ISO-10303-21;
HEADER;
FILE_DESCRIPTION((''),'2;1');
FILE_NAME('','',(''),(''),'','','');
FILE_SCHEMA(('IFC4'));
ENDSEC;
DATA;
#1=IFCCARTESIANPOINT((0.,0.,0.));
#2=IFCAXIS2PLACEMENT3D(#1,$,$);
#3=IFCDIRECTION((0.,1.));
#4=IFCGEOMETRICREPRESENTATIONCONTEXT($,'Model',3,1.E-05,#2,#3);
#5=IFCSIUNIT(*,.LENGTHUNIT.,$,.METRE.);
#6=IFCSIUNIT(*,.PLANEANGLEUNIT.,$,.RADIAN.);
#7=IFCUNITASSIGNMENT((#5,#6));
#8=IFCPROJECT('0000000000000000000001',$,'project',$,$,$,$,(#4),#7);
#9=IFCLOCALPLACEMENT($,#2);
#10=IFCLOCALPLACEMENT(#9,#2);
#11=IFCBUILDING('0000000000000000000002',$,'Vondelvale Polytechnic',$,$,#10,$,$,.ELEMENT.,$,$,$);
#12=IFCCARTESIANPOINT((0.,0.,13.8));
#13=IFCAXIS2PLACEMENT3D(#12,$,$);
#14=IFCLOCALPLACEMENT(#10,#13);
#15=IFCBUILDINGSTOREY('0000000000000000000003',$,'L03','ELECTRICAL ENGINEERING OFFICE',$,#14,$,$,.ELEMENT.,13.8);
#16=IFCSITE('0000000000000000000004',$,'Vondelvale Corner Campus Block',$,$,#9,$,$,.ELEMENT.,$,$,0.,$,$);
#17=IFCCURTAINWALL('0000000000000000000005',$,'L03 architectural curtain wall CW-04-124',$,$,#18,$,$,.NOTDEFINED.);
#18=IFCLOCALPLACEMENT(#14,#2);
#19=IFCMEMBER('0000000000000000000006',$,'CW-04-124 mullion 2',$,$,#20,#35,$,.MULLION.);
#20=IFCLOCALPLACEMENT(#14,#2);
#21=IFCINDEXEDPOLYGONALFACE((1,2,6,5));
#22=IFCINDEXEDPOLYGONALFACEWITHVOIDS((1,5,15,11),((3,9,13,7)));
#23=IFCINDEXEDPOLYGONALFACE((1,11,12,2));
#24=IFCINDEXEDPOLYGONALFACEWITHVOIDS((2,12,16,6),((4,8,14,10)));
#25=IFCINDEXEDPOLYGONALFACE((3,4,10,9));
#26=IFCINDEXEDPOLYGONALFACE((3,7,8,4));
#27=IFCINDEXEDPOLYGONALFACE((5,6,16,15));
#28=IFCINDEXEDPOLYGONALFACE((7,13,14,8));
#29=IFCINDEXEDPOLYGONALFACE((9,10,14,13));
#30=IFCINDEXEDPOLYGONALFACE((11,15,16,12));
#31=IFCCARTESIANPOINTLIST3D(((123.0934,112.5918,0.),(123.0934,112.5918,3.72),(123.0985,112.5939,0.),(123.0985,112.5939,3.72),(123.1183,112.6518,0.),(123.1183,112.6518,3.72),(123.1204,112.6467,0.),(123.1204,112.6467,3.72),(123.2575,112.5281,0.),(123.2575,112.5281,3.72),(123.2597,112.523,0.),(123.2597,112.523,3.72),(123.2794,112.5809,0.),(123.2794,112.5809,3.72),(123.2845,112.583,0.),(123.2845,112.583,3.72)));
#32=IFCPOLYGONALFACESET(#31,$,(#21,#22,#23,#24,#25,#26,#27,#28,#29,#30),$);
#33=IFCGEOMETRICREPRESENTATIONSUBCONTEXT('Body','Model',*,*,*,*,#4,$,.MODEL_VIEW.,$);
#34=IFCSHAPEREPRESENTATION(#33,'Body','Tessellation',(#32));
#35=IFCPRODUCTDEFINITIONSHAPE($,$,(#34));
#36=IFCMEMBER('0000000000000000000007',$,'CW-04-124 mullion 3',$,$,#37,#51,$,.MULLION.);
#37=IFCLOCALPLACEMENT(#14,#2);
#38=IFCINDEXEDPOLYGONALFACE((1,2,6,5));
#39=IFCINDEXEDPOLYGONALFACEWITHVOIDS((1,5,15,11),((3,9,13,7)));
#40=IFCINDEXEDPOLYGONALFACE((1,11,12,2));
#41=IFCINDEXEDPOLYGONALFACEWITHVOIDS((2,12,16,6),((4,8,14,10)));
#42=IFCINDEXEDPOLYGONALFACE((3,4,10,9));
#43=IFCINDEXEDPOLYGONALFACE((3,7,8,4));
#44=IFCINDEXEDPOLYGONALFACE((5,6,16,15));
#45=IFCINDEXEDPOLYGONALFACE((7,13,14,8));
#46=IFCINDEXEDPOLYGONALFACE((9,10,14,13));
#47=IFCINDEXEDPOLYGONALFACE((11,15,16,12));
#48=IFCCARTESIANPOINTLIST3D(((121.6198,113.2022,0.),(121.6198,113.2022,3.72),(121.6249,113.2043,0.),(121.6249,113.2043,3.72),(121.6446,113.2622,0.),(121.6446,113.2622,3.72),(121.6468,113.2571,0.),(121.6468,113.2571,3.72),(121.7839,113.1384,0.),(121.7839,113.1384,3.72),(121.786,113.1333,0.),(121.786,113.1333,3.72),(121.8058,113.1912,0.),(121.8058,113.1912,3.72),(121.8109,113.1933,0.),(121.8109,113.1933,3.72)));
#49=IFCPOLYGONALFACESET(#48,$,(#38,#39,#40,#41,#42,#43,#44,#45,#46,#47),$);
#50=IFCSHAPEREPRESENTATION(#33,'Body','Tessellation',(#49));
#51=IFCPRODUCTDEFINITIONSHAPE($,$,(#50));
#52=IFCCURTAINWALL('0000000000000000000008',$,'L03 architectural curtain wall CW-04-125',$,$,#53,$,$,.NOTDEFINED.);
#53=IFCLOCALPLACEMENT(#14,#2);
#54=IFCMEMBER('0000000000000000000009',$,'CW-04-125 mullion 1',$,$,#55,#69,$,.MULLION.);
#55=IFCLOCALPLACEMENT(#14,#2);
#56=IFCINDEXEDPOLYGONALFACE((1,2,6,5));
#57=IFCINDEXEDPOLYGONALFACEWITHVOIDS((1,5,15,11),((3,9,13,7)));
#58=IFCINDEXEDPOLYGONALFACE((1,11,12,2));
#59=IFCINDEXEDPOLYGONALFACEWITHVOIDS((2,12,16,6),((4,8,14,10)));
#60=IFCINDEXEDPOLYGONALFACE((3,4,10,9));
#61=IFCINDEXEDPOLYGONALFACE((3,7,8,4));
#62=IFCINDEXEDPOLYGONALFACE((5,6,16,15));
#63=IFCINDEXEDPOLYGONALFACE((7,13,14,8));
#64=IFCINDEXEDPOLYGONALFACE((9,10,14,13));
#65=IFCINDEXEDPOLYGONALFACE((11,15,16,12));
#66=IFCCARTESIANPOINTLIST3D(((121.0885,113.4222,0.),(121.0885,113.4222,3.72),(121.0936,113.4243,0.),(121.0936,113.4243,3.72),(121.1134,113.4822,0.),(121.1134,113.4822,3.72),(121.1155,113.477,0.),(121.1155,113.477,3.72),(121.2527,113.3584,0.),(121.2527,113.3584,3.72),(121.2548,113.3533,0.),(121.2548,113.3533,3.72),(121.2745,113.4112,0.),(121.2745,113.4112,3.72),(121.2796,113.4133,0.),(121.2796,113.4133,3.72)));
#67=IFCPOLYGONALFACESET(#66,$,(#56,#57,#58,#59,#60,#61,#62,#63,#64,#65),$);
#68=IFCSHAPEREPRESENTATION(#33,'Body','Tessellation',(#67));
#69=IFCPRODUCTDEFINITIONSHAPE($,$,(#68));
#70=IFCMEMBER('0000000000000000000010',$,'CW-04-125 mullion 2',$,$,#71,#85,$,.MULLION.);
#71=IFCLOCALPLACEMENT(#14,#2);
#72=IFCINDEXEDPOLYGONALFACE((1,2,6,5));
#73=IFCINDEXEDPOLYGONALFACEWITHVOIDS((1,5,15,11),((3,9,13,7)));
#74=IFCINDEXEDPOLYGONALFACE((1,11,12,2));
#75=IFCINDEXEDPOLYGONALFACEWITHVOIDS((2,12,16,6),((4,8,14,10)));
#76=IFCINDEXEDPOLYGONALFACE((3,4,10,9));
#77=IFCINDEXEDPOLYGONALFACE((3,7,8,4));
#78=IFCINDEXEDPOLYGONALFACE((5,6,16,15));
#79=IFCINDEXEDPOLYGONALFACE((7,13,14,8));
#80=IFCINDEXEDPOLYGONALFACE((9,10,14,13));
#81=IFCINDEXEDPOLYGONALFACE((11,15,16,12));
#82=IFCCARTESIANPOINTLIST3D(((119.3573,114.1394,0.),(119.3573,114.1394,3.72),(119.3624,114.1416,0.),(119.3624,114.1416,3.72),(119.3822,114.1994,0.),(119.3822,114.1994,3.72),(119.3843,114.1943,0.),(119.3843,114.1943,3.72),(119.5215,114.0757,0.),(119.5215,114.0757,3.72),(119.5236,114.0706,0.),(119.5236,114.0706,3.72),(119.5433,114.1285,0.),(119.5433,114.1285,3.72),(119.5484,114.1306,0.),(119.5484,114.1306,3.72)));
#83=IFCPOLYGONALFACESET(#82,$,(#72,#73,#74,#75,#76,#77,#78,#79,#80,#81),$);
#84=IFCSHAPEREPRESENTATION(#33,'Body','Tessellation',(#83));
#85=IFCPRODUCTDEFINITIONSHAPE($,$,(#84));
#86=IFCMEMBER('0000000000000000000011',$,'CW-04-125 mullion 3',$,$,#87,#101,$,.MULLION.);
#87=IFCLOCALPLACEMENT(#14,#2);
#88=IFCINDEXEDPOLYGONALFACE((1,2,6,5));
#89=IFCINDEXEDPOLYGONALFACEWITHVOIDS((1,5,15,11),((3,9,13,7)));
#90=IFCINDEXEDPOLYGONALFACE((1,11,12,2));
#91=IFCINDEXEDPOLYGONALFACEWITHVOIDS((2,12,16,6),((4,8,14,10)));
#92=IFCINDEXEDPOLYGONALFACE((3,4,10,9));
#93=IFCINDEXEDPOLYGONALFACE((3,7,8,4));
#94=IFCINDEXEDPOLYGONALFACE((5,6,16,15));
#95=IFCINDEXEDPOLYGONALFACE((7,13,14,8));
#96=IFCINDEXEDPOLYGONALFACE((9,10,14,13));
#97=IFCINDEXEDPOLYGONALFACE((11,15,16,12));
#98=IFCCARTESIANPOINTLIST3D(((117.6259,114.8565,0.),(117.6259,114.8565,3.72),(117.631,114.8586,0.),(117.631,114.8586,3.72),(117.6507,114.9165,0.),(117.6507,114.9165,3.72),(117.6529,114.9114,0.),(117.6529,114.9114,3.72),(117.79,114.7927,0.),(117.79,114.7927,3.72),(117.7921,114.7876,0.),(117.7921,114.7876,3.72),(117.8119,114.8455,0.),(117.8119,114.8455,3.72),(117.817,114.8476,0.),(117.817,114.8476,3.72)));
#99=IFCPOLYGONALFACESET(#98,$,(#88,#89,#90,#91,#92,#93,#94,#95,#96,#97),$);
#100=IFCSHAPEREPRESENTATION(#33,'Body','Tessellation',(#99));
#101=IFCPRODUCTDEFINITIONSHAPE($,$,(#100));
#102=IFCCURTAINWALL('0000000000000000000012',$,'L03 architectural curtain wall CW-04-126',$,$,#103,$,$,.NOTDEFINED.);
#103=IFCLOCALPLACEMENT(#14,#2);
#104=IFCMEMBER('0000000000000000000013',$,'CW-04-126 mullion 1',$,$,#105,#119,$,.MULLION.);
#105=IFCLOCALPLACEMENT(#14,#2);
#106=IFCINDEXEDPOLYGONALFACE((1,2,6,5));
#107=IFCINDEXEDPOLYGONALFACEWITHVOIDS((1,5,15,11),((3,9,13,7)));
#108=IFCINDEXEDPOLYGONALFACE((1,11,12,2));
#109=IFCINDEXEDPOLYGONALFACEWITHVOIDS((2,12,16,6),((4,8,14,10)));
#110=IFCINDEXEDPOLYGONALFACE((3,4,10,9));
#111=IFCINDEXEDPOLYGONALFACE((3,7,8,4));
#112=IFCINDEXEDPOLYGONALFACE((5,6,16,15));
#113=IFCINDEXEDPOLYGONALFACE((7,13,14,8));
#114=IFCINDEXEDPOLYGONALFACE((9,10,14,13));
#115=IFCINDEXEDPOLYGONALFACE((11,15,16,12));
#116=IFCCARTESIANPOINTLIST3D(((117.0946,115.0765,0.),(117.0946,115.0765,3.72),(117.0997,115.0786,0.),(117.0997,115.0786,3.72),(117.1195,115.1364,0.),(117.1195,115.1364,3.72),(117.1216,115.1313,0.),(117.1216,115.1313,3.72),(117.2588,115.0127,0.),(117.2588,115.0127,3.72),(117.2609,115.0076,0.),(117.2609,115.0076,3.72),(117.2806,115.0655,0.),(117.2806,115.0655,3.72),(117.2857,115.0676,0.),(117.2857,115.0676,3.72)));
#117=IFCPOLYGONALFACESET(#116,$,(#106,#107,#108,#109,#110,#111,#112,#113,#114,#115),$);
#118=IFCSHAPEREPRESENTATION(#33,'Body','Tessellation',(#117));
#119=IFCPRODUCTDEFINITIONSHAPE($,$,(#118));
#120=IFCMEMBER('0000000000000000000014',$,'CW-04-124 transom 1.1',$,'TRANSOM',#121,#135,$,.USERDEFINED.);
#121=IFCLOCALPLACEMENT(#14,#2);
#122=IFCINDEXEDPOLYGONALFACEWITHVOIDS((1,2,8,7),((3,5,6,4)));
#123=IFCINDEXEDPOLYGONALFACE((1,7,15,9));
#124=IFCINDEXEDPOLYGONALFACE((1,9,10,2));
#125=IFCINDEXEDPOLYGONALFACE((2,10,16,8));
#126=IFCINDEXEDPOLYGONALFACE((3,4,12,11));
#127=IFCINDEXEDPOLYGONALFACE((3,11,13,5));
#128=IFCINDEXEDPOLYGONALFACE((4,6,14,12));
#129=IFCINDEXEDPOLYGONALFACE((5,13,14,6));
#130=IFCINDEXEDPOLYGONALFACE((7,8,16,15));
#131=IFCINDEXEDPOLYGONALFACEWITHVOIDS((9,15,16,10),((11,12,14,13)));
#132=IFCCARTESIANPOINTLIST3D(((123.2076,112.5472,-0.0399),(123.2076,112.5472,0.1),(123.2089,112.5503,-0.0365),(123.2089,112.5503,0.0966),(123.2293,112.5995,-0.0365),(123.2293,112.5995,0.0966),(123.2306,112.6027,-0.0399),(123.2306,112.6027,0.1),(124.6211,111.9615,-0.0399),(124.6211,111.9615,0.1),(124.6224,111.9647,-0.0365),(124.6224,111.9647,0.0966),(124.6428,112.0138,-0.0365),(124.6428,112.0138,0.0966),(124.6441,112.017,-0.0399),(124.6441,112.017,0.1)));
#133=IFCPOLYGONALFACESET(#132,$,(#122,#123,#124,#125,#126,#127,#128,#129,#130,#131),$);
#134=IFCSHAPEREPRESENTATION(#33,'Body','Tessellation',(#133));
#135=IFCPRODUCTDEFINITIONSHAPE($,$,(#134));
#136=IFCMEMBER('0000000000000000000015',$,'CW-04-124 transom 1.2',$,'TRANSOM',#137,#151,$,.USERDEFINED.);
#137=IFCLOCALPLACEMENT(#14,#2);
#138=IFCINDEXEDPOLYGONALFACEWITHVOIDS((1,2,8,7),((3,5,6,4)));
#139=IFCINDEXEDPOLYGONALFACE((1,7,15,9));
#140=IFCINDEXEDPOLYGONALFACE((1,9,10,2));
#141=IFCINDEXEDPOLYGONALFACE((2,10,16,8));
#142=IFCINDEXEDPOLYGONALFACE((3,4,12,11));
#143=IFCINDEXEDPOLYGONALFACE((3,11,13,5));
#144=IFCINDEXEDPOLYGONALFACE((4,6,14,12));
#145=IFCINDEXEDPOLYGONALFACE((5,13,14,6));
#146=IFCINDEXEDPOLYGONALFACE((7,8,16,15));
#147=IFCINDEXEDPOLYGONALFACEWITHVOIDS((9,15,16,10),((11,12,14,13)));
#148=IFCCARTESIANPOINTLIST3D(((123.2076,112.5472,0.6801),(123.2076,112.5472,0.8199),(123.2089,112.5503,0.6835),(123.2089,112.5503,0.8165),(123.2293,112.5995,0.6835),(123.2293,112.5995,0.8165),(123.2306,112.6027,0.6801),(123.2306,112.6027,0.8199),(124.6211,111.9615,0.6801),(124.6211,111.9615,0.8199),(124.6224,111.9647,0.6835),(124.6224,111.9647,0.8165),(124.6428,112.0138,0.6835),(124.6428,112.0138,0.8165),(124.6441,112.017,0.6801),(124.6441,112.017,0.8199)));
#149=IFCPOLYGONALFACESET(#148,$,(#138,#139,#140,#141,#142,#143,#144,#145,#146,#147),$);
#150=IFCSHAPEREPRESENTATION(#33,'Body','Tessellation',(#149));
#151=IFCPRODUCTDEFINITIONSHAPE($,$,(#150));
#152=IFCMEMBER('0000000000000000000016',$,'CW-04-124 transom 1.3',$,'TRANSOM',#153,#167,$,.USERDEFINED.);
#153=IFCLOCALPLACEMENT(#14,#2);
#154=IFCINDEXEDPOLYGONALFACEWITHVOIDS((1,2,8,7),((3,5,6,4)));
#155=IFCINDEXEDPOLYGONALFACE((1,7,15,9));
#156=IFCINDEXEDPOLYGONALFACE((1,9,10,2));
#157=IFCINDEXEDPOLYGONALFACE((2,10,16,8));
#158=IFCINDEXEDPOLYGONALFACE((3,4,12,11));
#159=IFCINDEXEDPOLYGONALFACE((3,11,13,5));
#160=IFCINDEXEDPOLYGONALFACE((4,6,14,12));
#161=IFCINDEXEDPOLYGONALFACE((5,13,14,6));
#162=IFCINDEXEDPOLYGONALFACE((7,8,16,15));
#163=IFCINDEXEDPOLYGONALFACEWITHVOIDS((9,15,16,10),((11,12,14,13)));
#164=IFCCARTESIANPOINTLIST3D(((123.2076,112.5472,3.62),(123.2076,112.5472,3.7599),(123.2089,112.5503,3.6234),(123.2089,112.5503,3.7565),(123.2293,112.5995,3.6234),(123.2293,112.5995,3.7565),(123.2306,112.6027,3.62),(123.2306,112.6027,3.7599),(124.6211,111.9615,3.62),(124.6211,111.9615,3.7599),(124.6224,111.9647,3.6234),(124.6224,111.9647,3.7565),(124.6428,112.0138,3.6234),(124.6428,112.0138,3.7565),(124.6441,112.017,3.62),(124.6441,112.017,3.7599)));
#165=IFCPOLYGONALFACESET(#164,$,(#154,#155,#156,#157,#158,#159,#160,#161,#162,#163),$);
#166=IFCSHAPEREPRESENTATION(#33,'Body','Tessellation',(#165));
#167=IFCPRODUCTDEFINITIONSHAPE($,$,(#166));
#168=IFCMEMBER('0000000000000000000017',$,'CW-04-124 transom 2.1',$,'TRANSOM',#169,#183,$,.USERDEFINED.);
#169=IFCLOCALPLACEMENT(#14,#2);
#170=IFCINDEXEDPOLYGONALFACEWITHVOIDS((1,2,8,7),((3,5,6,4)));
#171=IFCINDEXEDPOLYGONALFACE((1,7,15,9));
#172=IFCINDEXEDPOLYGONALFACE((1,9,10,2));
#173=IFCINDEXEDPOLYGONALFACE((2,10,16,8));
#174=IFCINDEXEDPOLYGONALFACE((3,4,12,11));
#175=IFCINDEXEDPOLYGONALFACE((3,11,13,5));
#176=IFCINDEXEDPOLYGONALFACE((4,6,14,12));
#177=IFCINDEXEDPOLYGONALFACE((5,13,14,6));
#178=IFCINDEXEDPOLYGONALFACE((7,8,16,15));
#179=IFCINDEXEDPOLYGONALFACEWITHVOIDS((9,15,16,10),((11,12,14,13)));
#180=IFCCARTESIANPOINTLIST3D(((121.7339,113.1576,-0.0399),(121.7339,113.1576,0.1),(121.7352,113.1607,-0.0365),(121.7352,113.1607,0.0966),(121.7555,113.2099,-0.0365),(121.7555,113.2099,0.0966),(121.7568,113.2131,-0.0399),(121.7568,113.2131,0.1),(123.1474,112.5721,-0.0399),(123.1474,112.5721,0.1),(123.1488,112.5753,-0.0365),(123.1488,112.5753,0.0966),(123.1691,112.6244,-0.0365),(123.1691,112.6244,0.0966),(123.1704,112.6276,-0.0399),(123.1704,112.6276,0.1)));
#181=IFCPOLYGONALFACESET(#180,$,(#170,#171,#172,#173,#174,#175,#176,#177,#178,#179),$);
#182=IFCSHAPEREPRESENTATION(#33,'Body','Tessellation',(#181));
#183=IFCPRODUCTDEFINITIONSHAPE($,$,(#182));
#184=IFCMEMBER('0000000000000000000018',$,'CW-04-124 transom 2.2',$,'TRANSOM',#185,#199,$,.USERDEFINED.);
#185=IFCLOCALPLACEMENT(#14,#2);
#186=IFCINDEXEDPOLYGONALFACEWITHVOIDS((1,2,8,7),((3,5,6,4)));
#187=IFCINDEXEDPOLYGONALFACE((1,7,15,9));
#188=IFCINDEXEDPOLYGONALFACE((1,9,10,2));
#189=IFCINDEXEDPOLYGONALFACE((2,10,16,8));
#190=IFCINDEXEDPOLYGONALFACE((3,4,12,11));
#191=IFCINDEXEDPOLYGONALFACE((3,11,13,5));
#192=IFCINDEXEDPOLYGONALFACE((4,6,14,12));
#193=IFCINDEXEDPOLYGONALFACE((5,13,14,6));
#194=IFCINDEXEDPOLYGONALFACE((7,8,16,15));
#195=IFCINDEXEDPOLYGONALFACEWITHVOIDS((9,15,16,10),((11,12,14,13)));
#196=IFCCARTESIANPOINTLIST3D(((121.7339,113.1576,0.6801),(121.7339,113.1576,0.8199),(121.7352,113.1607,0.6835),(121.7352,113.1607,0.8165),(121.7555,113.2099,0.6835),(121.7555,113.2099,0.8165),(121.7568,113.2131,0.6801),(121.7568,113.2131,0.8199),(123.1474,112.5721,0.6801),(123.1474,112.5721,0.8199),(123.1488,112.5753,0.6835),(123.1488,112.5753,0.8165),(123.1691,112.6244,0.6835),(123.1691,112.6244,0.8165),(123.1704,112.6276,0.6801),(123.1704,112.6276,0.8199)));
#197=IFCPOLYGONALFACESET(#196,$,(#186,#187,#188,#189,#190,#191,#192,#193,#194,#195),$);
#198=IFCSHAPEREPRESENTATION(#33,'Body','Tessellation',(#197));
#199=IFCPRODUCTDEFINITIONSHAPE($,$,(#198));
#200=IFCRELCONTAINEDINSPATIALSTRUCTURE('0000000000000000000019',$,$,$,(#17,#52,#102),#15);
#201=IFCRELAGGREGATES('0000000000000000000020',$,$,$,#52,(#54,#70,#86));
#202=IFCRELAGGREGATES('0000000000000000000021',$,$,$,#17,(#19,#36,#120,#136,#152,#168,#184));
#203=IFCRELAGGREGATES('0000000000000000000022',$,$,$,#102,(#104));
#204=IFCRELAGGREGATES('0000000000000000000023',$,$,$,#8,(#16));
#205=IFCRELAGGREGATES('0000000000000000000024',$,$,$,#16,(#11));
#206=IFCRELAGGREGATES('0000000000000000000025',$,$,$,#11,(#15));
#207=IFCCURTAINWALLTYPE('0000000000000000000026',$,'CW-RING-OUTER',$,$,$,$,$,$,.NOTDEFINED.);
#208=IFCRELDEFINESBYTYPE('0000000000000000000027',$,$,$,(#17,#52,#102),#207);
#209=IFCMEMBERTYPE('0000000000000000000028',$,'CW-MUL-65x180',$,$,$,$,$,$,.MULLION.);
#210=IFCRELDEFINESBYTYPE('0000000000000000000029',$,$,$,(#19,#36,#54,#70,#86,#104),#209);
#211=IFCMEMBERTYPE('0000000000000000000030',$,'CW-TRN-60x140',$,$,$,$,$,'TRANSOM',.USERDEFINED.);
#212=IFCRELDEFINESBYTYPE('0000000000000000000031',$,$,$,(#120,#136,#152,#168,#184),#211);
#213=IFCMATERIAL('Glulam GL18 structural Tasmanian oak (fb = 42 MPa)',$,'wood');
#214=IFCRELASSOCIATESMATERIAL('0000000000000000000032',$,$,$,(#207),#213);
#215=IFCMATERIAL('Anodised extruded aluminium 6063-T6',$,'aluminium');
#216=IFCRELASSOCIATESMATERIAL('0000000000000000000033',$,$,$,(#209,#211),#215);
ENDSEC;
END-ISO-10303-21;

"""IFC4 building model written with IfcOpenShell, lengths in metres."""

from ifc_helpers import new_model, si_unit, direction, frame, origin, origin_2d, place, context, subcontext, project, spatial, hollow_rectangle, extrude, material, material_profile, profile_set, type_object, element, aggregate, save


model = new_model("IFC4")

# Units and contexts
model_context = context("Model", 3, precision=1e-05, world=origin(), true_north=direction((0.0, 1.0)))
body_context = subcontext(model_context, "Body", "Model", "MODEL_VIEW")
ifc_project = project(units=[si_unit("LENGTHUNIT", "METRE"), si_unit("PLANEANGLEUNIT", "RADIAN")], contexts=[model_context])

# Site, building, storey
site_placement = place(None, origin())
site = spatial("IfcSite", under=ifc_project, at=site_placement, Name="Vondelvale Corner Campus Block", CompositionType="ELEMENT", RefElevation=0.0)
building_placement = place(site_placement, origin())
building = spatial("IfcBuilding", under=site, at=building_placement, Name="Vondelvale Polytechnic", CompositionType="ELEMENT")
storey_placement = place(building_placement, frame((0.0, 0.0, 13.8)))
storey = spatial("IfcBuildingStorey", under=building, at=storey_placement, Name="L03", Description="ELECTRICAL ENGINEERING OFFICE", CompositionType="ELEMENT", Elevation=13.8)

# Shared definitions
ifc_material_1 = material(Name="Glulam GL18 structural Tasmanian oak (fb = 42 MPa)", Category="wood")

# Curtain walls, members
curtain_wall_type = type_object("IfcCurtainWallType", Name="CW-RING-OUTER", PredefinedType="NOTDEFINED", material=ifc_material_1)
curtain_wall_1_placement = place(storey_placement, origin())
curtain_wall_1 = element("IfcCurtainWall", 1, at=curtain_wall_1_placement, inside=storey, type_object=curtain_wall_type, Name="L03 architectural curtain wall CW-04-124", PredefinedType="NOTDEFINED")
ifc_material_2 = material(Name="Anodised extruded aluminium 6063-T6", Category="aluminium")
ifc_material_profile_1 = material_profile(ifc_material_2, hollow_rectangle(XDim=0.0649, YDim=0.1799, WallThickness=0.0039, at=origin_2d()), Name="CW-MUL-180x65")
ifc_profile_set_1 = profile_set([ifc_material_profile_1], Name="Anodised extruded aluminium 6063-T6")
member_type_1 = type_object("IfcMemberType", Name="CW-MUL-65x180", PredefinedType="MULLION", material=ifc_profile_set_1)
member_1_placement = place(storey_placement, frame((123.189, 112.5874, 0.0), z_axis=(0.0, 0.0, 1.0), x_axis=(-0.382677, -0.923882, 0.0)))
member_1 = element("IfcMember", 2, at=member_1_placement, type_object=member_type_1, Name="CW-04-124 mullion 2", PredefinedType="MULLION", context=body_context, shape_type="SweptSolid", body=[
    extrude(hollow_rectangle(XDim=0.0649, YDim=0.1799, WallThickness=0.0039, at=origin_2d()), origin(), (0.0, 0.0, 1.0), 3.72),
])
member_2_placement = place(storey_placement, frame((121.7153, 113.1978, 0.0), z_axis=(0.0, 0.0, 1.0), x_axis=(-0.382677, -0.923882, 0.0)))
member_2 = element("IfcMember", 3, at=member_2_placement, type_object=member_type_1, Name="CW-04-124 mullion 3", PredefinedType="MULLION", context=body_context, shape_type="SweptSolid", body=[
    extrude(hollow_rectangle(XDim=0.0649, YDim=0.1799, WallThickness=0.0039, at=origin_2d()), origin(), (0.0, 0.0, 1.0), 3.72),
])
curtain_wall_2_placement = place(storey_placement, origin())
curtain_wall_2 = element("IfcCurtainWall", 4, at=curtain_wall_2_placement, inside=storey, type_object=curtain_wall_type, Name="L03 architectural curtain wall CW-04-125", PredefinedType="NOTDEFINED")
member_3_placement = place(storey_placement, frame((121.1841, 113.4177, 0.0), z_axis=(0.0, 0.0, 1.0), x_axis=(-0.382695, -0.923875, 0.0)))
member_3 = element("IfcMember", 5, at=member_3_placement, type_object=member_type_1, Name="CW-04-125 mullion 1", PredefinedType="MULLION", context=body_context, shape_type="SweptSolid", body=[
    extrude(hollow_rectangle(XDim=0.0649, YDim=0.1799, WallThickness=0.0039, at=origin_2d()), origin(), (0.0, 0.0, 1.0), 3.72),
])
member_4_placement = place(storey_placement, frame((119.4529, 114.135, 0.0), z_axis=(0.0, 0.0, 1.0), x_axis=(-0.382695, -0.923875, 0.0)))
member_4 = element("IfcMember", 6, at=member_4_placement, type_object=member_type_1, Name="CW-04-125 mullion 2", PredefinedType="MULLION", context=body_context, shape_type="SweptSolid", body=[
    extrude(hollow_rectangle(XDim=0.0649, YDim=0.1799, WallThickness=0.0039, at=origin_2d()), origin(), (0.0, 0.0, 1.0), 3.72),
])
member_5_placement = place(storey_placement, frame((117.7214, 114.8521, 0.0), z_axis=(0.0, 0.0, 1.0), x_axis=(-0.382695, -0.923875, 0.0)))
member_5 = element("IfcMember", 7, at=member_5_placement, type_object=member_type_1, Name="CW-04-125 mullion 3", PredefinedType="MULLION", context=body_context, shape_type="SweptSolid", body=[
    extrude(hollow_rectangle(XDim=0.0649, YDim=0.1799, WallThickness=0.0039, at=origin_2d()), origin(), (0.0, 0.0, 1.0), 3.72),
])

# Curtain wall, member
curtain_wall_3_placement = place(storey_placement, origin())
curtain_wall_3 = element("IfcCurtainWall", 8, at=curtain_wall_3_placement, inside=storey, type_object=curtain_wall_type, Name="L03 architectural curtain wall CW-04-126", PredefinedType="NOTDEFINED")
member_6_placement = place(storey_placement, frame((117.1902, 115.072, 0.0), z_axis=(0.0, 0.0, 1.0), x_axis=(-0.382677, -0.923882, 0.0)))
member_6 = element("IfcMember", 9, at=member_6_placement, type_object=member_type_1, Name="CW-04-126 mullion 1", PredefinedType="MULLION", context=body_context, shape_type="SweptSolid", body=[
    extrude(hollow_rectangle(XDim=0.0649, YDim=0.1799, WallThickness=0.0039, at=origin_2d()), origin(), (0.0, 0.0, 1.0), 3.72),
])

# Members
ifc_material_profile_2 = material_profile(ifc_material_2, hollow_rectangle(XDim=0.0601, YDim=0.1399, WallThickness=0.0034, at=origin_2d()), Name="CW-TRN-140x60")
ifc_profile_set_2 = profile_set([ifc_material_profile_2], Name="Anodised extruded aluminium 6063-T6")
member_type_2 = type_object("IfcMemberType", Name="CW-TRN-60x140", ElementType="TRANSOM", PredefinedType="USERDEFINED", material=ifc_profile_set_2)
member_7_placement = place(storey_placement, frame((124.6326, 111.9893, 0.03), z_axis=(-0.92384, 0.382779, 0.0), x_axis=(-0.382779, -0.92384, 0.0)))
member_7 = element("IfcMember", 10, at=member_7_placement, type_object=member_type_2, Name="CW-04-124 transom 1.1", ObjectType="TRANSOM", PredefinedType="USERDEFINED", context=body_context, shape_type="SweptSolid", body=[
    extrude(hollow_rectangle(XDim=0.0601, YDim=0.1399, WallThickness=0.0034, at=origin_2d()), origin(), (0.0, 0.0, 1.0), 1.53),
])
member_8_placement = place(storey_placement, frame((124.6326, 111.9893, 0.75), z_axis=(-0.92384, 0.382779, 0.0), x_axis=(-0.382779, -0.92384, 0.0)))
member_8 = element("IfcMember", 11, at=member_8_placement, type_object=member_type_2, Name="CW-04-124 transom 1.2", ObjectType="TRANSOM", PredefinedType="USERDEFINED", context=body_context, shape_type="SweptSolid", body=[
    extrude(hollow_rectangle(XDim=0.0601, YDim=0.1399, WallThickness=0.0034, at=origin_2d()), origin(), (0.0, 0.0, 1.0), 1.53),
])
member_9_placement = place(storey_placement, frame((124.6326, 111.9893, 3.6899), z_axis=(-0.92384, 0.382779, 0.0), x_axis=(-0.382779, -0.92384, 0.0)))
member_9 = element("IfcMember", 12, at=member_9_placement, type_object=member_type_2, Name="CW-04-124 transom 1.3", ObjectType="TRANSOM", PredefinedType="USERDEFINED", context=body_context, shape_type="SweptSolid", body=[
    extrude(hollow_rectangle(XDim=0.0601, YDim=0.1399, WallThickness=0.0034, at=origin_2d()), origin(), (0.0, 0.0, 1.0), 1.53),
])
member_10_placement = place(storey_placement, frame((123.1589, 112.5999, 0.03), z_axis=(-0.923896, 0.382643, 0.0), x_axis=(-0.382643, -0.923896, 0.0)))
member_10 = element("IfcMember", 13, at=member_10_placement, type_object=member_type_2, Name="CW-04-124 transom 2.1", ObjectType="TRANSOM", PredefinedType="USERDEFINED", context=body_context, shape_type="SweptSolid", body=[
    extrude(hollow_rectangle(XDim=0.0601, YDim=0.1399, WallThickness=0.0034, at=origin_2d()), origin(), (0.0, 0.0, 1.0), 1.53),
])
member_11_placement = place(storey_placement, frame((123.1589, 112.5999, 0.75), z_axis=(-0.923896, 0.382643, 0.0), x_axis=(-0.382643, -0.923896, 0.0)))
member_11 = element("IfcMember", 14, at=member_11_placement, type_object=member_type_2, Name="CW-04-124 transom 2.2", ObjectType="TRANSOM", PredefinedType="USERDEFINED", context=body_context, shape_type="SweptSolid", body=[
    extrude(hollow_rectangle(XDim=0.0601, YDim=0.1399, WallThickness=0.0034, at=origin_2d()), origin(), (0.0, 0.0, 1.0), 1.53),
])

aggregate(curtain_wall_2, [member_3, member_4, member_5])
aggregate(curtain_wall_1, [member_1, member_2, member_7, member_8, member_9, member_10, member_11])
aggregate(curtain_wall_3, [member_6])

save(model, "model.ifc")
